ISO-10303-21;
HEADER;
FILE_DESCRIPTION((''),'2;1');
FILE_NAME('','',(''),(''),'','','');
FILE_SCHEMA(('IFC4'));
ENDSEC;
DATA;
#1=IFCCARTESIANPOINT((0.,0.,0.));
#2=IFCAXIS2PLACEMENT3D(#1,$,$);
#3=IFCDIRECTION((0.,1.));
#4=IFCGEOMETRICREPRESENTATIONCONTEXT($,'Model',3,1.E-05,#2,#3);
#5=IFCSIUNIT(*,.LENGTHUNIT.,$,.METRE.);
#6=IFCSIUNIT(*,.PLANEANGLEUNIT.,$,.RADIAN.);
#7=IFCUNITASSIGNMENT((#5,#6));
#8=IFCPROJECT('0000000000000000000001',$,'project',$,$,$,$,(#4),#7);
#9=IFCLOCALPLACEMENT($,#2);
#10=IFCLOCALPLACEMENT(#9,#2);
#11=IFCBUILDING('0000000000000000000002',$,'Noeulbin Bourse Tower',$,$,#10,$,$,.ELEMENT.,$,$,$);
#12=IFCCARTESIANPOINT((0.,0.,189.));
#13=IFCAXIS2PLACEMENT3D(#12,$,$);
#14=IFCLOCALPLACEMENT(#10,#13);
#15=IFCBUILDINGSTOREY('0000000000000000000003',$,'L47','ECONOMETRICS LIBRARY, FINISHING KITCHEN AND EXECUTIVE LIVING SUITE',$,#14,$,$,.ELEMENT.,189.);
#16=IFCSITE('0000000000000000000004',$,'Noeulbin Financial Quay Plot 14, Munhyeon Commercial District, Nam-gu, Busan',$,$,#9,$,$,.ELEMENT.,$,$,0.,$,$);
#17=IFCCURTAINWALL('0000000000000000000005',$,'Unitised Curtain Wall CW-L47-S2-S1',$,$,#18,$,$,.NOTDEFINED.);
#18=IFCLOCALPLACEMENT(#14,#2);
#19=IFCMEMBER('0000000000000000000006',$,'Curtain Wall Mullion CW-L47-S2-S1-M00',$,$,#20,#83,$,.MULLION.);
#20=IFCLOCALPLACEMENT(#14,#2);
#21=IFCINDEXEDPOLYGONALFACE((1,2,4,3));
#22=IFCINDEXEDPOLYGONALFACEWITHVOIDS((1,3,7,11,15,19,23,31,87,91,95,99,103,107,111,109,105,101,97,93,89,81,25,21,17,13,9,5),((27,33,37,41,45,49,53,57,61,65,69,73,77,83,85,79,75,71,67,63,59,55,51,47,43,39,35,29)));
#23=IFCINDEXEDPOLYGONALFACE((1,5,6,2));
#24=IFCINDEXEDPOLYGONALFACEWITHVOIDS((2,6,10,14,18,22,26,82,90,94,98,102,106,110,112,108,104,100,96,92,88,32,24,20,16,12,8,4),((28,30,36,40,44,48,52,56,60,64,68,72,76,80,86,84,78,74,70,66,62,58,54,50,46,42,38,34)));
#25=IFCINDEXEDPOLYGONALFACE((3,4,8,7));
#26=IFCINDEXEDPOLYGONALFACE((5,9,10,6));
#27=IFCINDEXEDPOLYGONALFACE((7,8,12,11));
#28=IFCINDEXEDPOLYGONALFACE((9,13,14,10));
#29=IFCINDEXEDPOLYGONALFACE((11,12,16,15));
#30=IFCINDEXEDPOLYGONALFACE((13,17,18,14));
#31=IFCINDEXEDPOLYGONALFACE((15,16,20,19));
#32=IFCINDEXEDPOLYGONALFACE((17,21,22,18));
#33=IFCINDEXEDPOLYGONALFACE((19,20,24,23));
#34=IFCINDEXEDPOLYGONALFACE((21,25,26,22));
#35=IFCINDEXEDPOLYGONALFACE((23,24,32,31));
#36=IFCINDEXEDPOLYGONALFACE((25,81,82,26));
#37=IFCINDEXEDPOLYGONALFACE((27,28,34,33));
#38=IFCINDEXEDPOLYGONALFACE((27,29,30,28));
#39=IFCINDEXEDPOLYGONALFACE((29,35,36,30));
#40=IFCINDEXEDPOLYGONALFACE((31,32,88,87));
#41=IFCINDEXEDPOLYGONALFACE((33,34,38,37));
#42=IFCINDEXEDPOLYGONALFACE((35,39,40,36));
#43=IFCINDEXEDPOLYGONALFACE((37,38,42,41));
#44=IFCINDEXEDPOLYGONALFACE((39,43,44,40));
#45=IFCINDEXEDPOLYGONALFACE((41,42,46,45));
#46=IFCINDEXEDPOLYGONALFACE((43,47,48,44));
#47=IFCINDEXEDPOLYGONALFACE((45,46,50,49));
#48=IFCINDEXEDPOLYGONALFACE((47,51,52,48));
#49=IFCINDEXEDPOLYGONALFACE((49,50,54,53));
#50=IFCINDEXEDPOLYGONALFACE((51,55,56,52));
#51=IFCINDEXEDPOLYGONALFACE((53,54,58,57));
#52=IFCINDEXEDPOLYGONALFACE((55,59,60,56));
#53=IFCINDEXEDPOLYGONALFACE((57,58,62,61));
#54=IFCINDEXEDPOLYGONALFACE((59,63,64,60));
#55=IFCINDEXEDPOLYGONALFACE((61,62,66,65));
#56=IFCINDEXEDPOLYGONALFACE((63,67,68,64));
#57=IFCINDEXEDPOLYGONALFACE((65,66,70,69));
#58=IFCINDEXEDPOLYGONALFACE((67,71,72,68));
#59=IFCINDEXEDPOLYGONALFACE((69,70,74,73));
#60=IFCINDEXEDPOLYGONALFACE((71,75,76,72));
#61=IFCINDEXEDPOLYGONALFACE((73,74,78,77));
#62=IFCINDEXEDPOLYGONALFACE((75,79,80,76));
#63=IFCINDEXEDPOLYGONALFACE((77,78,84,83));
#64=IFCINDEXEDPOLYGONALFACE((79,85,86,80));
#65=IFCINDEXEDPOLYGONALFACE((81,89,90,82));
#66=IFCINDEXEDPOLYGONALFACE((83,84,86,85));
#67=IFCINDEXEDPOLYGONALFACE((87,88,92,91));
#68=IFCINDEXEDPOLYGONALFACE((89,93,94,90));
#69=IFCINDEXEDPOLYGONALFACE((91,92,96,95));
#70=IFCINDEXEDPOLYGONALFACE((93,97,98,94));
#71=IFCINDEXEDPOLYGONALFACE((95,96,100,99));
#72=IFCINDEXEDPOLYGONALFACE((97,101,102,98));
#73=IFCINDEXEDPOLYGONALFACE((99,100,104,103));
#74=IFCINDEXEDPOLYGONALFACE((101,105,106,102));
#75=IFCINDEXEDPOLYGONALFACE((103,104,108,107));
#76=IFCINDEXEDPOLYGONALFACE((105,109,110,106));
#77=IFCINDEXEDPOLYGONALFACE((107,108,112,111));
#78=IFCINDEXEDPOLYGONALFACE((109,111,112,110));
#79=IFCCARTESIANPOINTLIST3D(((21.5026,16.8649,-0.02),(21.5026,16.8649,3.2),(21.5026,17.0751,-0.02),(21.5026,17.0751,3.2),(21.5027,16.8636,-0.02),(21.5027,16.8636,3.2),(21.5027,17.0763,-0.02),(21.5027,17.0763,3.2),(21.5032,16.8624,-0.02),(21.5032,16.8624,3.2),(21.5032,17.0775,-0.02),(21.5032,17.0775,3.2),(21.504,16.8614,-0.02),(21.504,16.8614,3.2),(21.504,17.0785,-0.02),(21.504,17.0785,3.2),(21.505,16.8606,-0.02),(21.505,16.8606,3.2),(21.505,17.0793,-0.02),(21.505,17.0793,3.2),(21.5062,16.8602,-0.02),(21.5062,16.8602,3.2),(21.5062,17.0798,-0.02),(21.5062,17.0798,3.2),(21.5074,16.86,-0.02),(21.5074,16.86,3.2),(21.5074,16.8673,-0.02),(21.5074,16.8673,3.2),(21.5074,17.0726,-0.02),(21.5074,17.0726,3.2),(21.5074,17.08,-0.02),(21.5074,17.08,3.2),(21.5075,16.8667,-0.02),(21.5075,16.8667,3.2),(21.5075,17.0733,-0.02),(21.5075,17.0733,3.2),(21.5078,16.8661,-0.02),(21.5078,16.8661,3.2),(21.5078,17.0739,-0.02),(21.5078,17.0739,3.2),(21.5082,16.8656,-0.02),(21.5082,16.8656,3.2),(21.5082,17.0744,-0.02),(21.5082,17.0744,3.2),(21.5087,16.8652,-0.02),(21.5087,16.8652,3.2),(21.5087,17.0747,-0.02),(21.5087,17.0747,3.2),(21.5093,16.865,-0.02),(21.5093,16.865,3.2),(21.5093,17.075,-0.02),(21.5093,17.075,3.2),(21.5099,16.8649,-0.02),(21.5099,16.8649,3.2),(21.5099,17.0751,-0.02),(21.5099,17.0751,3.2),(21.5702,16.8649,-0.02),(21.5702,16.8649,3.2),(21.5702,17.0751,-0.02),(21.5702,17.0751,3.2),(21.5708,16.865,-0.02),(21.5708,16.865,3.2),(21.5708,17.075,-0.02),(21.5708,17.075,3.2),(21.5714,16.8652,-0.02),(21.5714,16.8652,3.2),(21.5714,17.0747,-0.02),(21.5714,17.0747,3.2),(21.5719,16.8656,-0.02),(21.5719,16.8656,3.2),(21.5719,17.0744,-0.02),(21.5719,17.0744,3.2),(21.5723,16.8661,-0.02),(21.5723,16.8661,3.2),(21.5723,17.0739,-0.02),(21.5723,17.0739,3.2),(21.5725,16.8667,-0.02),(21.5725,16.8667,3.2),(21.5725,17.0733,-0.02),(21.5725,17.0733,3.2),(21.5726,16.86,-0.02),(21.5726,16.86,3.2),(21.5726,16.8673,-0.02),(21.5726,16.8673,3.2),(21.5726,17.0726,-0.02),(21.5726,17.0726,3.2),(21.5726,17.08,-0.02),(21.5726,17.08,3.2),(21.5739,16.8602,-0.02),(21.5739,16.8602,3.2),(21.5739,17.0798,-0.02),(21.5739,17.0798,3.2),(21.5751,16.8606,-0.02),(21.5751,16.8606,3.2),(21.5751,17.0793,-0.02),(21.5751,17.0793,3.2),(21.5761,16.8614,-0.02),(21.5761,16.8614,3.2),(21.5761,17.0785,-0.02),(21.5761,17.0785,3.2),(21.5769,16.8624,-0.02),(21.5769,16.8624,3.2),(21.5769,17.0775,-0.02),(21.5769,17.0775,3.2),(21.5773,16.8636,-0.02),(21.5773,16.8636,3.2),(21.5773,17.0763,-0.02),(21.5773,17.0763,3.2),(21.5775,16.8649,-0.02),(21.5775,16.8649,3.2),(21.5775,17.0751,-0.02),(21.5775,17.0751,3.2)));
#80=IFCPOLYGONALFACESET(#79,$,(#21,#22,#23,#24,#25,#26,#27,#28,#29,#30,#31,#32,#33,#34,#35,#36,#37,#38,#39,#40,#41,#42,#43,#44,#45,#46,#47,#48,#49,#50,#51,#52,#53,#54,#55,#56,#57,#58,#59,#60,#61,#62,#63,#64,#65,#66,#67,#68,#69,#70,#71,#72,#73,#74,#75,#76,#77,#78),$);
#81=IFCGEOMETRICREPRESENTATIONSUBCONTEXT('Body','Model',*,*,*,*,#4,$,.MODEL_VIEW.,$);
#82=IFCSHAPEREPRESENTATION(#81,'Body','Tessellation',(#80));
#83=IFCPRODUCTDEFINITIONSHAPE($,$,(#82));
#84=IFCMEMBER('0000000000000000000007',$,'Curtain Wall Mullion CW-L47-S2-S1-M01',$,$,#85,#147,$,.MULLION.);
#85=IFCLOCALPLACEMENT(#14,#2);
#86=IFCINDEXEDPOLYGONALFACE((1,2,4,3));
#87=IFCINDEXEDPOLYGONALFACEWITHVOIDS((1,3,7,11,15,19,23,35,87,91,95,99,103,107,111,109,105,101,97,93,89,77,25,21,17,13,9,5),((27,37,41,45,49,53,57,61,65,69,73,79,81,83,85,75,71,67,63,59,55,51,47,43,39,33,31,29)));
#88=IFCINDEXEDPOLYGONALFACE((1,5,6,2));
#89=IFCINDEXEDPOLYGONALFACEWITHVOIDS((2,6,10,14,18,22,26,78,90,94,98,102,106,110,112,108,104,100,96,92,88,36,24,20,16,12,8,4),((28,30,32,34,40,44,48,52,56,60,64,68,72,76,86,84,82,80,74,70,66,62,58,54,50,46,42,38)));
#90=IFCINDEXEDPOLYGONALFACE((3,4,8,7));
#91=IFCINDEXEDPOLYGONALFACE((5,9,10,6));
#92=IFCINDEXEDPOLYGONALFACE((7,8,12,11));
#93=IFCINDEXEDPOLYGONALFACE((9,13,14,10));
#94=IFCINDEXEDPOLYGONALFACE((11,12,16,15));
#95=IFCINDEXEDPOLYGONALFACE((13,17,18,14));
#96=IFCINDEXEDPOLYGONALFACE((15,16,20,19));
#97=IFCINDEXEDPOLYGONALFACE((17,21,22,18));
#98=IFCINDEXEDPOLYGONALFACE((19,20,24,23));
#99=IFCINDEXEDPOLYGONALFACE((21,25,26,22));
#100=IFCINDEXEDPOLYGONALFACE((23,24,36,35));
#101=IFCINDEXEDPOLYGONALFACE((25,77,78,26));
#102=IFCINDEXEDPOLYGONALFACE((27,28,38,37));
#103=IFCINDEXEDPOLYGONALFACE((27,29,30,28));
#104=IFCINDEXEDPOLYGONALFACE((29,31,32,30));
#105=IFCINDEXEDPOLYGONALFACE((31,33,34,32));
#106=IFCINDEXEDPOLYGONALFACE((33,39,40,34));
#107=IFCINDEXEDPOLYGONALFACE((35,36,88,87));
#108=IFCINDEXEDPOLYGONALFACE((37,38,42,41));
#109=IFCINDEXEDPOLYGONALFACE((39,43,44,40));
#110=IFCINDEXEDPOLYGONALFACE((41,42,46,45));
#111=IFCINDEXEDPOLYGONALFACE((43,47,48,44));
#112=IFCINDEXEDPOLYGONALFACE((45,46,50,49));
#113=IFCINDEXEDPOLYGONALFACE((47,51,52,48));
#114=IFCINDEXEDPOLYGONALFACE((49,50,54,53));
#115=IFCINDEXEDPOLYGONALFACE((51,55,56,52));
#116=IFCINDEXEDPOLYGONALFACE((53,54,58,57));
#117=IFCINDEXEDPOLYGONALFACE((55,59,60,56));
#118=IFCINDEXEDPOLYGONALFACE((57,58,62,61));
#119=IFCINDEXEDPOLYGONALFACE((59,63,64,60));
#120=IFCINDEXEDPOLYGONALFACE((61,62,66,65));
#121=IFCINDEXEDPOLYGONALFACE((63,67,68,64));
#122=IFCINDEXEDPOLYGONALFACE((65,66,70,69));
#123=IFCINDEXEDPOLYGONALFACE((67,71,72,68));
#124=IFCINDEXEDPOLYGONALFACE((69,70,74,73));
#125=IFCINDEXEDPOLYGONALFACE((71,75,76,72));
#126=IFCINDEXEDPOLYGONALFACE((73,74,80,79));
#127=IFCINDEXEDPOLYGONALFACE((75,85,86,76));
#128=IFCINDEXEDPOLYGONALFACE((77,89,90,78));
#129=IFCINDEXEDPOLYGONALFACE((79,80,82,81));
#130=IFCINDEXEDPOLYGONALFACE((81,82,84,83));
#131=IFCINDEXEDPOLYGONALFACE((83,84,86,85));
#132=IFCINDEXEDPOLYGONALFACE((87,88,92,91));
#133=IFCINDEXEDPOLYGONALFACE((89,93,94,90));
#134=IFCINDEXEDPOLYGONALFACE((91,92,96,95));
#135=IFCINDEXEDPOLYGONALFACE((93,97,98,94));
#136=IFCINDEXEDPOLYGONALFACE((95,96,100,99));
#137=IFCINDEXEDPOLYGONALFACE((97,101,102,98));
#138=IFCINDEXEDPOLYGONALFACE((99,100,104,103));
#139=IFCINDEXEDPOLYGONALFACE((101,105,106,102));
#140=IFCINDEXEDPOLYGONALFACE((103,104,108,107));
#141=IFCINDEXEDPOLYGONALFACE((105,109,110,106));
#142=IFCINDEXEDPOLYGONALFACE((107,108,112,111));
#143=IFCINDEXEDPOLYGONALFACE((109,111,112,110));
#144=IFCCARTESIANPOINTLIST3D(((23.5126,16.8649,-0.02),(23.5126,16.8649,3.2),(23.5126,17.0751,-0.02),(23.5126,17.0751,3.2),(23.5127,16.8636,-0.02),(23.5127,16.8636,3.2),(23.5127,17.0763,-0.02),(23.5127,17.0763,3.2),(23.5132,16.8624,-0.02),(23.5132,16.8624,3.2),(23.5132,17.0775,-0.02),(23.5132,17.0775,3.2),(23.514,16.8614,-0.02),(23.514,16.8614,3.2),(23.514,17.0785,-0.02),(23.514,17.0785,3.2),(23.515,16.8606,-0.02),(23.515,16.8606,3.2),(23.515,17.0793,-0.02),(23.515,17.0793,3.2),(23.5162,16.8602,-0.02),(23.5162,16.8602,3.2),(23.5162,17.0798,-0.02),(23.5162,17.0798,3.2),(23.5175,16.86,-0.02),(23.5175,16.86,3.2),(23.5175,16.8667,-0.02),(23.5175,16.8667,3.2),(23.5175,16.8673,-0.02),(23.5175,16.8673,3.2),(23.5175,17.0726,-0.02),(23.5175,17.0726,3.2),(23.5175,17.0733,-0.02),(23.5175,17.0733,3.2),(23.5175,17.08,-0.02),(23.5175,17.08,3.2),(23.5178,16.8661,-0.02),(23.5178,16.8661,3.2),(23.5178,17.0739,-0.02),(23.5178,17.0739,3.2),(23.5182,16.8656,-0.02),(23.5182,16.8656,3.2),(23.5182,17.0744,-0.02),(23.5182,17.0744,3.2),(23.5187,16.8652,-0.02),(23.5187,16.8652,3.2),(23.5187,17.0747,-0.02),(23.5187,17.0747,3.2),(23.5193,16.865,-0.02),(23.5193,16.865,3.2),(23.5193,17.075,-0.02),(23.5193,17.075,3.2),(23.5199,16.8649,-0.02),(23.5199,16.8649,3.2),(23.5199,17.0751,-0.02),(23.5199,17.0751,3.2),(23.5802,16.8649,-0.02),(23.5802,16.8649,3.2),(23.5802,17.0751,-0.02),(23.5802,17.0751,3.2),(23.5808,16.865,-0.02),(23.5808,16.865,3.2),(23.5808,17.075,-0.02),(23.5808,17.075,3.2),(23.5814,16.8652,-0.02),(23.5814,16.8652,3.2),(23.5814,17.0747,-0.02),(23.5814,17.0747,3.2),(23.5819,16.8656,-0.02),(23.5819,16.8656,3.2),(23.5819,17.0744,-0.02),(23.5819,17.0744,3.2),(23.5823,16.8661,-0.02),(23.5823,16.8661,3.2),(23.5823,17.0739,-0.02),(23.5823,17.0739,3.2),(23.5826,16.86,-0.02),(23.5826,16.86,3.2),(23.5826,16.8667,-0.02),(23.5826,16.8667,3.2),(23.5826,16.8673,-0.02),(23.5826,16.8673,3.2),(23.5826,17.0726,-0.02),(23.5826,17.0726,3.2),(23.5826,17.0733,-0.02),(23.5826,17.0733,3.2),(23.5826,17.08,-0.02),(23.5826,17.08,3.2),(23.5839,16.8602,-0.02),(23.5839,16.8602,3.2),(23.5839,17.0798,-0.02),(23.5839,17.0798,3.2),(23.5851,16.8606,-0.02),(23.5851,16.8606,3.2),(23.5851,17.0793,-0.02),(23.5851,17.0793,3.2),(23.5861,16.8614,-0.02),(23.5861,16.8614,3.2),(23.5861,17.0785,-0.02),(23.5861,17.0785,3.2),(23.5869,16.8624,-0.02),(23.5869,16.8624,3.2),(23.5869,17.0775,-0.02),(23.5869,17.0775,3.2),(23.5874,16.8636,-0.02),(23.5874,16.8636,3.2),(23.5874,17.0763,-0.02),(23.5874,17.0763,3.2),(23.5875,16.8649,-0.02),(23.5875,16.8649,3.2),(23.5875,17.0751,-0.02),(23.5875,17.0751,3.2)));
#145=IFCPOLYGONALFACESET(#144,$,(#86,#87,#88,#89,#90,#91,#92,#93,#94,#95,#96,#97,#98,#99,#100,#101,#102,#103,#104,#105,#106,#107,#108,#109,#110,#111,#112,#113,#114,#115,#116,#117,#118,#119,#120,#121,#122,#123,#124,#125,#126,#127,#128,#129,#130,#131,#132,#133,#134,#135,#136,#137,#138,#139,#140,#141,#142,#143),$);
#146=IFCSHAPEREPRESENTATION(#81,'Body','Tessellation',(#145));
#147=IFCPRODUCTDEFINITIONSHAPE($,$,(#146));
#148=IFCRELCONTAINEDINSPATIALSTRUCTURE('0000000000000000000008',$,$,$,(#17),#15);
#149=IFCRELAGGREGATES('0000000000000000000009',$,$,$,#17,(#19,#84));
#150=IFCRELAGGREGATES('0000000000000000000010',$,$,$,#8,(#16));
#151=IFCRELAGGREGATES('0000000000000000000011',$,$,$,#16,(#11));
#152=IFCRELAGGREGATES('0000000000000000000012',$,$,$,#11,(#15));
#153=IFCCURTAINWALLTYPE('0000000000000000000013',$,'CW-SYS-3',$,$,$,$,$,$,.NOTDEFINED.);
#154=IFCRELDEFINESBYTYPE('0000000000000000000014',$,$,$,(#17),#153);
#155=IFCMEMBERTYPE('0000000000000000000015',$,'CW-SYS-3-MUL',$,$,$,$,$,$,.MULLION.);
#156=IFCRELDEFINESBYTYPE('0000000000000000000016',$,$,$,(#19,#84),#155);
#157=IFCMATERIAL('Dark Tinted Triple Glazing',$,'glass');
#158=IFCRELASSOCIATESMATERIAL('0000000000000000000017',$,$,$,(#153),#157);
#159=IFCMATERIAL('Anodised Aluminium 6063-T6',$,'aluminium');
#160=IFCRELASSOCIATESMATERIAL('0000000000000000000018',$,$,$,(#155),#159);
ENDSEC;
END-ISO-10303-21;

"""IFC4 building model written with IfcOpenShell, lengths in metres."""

from ifc_helpers import new_model, si_unit, direction, frame, origin, origin_2d, place, context, subcontext, project, spatial, hollow_rectangle, extrude, material, material_profile, profile_set, type_object, element, aggregate, save


model = new_model("IFC4")

# Units and contexts
model_context = context("Model", 3, precision=1e-05, world=origin(), true_north=direction((0.0, 1.0)))
body_context = subcontext(model_context, "Body", "Model", "MODEL_VIEW")
ifc_project = project(units=[si_unit("LENGTHUNIT", "METRE"), si_unit("PLANEANGLEUNIT", "RADIAN")], contexts=[model_context])

# Site, building, storey
site_placement = place(None, origin())
site = spatial("IfcSite", under=ifc_project, at=site_placement, Name="Noeulbin Financial Quay Plot 14, Munhyeon Commercial District, Nam-gu, Busan", CompositionType="ELEMENT", RefElevation=0.0)
building_placement = place(site_placement, origin())
building = spatial("IfcBuilding", under=site, at=building_placement, Name="Noeulbin Bourse Tower", CompositionType="ELEMENT")
storey_placement = place(building_placement, frame((0.0, 0.0, 189.0)))
storey = spatial("IfcBuildingStorey", under=building, at=storey_placement, Name="L47", Description="ECONOMETRICS LIBRARY, FINISHING KITCHEN AND EXECUTIVE LIVING SUITE", CompositionType="ELEMENT", Elevation=189.0)

# Curtain wall, members
ifc_material_1 = material(Name="Dark Tinted Triple Glazing", Category="glass")
curtain_wall_type = type_object("IfcCurtainWallType", Name="CW-SYS-3", PredefinedType="NOTDEFINED", material=ifc_material_1)
curtain_wall_placement = place(storey_placement, origin())
curtain_wall = element("IfcCurtainWall", 1, at=curtain_wall_placement, inside=storey, type_object=curtain_wall_type, Name="Unitised Curtain Wall CW-L47-S2-S1", PredefinedType="NOTDEFINED")
ifc_material_2 = material(Name="Anodised Aluminium 6063-T6", Category="aluminium")
ifc_material_profile_1 = material_profile(ifc_material_2, hollow_rectangle(XDim=0.075, YDim=0.22, WallThickness=0.0049, InnerFilletRadius=0.0024, OuterFilletRadius=0.0049, at=origin_2d()), Name="ALU-MULL-75x220x5", Category="LoadBearing")
ifc_profile_set_1 = profile_set([ifc_material_profile_1], Name="Anodised Aluminium 6063-T6")
member_type_1 = type_object("IfcMemberType", Name="CW-SYS-3-MUL", PredefinedType="MULLION", material=ifc_profile_set_1)
member_1_placement = place(storey_placement, frame((21.54, 16.97, -0.02), z_axis=(0.0, 0.0, 1.0), x_axis=(1.0, 0.0, 0.0)))
member_1 = element("IfcMember", 2, at=member_1_placement, type_object=member_type_1, Name="Curtain Wall Mullion CW-L47-S2-S1-M00", PredefinedType="MULLION", context=body_context, shape_type="SweptSolid", body=[
    extrude(hollow_rectangle(XDim=0.075, YDim=0.22, WallThickness=0.0049, InnerFilletRadius=0.0024, OuterFilletRadius=0.0049, at=origin_2d()), origin(), (0.0, 0.0, 1.0), 3.22),
])
member_2_placement = place(storey_placement, frame((23.55, 16.97, -0.02), z_axis=(0.0, 0.0, 1.0), x_axis=(1.0, 0.0, 0.0)))
member_2 = element("IfcMember", 3, at=member_2_placement, type_object=member_type_1, Name="Curtain Wall Mullion CW-L47-S2-S1-M01", PredefinedType="MULLION", context=body_context, shape_type="SweptSolid", body=[
    extrude(hollow_rectangle(XDim=0.075, YDim=0.22, WallThickness=0.0049, InnerFilletRadius=0.0024, OuterFilletRadius=0.0049, at=origin_2d()), origin(), (0.0, 0.0, 1.0), 3.22),
])
aggregate(curtain_wall, [member_1, member_2])

save(model, "model.ifc")
